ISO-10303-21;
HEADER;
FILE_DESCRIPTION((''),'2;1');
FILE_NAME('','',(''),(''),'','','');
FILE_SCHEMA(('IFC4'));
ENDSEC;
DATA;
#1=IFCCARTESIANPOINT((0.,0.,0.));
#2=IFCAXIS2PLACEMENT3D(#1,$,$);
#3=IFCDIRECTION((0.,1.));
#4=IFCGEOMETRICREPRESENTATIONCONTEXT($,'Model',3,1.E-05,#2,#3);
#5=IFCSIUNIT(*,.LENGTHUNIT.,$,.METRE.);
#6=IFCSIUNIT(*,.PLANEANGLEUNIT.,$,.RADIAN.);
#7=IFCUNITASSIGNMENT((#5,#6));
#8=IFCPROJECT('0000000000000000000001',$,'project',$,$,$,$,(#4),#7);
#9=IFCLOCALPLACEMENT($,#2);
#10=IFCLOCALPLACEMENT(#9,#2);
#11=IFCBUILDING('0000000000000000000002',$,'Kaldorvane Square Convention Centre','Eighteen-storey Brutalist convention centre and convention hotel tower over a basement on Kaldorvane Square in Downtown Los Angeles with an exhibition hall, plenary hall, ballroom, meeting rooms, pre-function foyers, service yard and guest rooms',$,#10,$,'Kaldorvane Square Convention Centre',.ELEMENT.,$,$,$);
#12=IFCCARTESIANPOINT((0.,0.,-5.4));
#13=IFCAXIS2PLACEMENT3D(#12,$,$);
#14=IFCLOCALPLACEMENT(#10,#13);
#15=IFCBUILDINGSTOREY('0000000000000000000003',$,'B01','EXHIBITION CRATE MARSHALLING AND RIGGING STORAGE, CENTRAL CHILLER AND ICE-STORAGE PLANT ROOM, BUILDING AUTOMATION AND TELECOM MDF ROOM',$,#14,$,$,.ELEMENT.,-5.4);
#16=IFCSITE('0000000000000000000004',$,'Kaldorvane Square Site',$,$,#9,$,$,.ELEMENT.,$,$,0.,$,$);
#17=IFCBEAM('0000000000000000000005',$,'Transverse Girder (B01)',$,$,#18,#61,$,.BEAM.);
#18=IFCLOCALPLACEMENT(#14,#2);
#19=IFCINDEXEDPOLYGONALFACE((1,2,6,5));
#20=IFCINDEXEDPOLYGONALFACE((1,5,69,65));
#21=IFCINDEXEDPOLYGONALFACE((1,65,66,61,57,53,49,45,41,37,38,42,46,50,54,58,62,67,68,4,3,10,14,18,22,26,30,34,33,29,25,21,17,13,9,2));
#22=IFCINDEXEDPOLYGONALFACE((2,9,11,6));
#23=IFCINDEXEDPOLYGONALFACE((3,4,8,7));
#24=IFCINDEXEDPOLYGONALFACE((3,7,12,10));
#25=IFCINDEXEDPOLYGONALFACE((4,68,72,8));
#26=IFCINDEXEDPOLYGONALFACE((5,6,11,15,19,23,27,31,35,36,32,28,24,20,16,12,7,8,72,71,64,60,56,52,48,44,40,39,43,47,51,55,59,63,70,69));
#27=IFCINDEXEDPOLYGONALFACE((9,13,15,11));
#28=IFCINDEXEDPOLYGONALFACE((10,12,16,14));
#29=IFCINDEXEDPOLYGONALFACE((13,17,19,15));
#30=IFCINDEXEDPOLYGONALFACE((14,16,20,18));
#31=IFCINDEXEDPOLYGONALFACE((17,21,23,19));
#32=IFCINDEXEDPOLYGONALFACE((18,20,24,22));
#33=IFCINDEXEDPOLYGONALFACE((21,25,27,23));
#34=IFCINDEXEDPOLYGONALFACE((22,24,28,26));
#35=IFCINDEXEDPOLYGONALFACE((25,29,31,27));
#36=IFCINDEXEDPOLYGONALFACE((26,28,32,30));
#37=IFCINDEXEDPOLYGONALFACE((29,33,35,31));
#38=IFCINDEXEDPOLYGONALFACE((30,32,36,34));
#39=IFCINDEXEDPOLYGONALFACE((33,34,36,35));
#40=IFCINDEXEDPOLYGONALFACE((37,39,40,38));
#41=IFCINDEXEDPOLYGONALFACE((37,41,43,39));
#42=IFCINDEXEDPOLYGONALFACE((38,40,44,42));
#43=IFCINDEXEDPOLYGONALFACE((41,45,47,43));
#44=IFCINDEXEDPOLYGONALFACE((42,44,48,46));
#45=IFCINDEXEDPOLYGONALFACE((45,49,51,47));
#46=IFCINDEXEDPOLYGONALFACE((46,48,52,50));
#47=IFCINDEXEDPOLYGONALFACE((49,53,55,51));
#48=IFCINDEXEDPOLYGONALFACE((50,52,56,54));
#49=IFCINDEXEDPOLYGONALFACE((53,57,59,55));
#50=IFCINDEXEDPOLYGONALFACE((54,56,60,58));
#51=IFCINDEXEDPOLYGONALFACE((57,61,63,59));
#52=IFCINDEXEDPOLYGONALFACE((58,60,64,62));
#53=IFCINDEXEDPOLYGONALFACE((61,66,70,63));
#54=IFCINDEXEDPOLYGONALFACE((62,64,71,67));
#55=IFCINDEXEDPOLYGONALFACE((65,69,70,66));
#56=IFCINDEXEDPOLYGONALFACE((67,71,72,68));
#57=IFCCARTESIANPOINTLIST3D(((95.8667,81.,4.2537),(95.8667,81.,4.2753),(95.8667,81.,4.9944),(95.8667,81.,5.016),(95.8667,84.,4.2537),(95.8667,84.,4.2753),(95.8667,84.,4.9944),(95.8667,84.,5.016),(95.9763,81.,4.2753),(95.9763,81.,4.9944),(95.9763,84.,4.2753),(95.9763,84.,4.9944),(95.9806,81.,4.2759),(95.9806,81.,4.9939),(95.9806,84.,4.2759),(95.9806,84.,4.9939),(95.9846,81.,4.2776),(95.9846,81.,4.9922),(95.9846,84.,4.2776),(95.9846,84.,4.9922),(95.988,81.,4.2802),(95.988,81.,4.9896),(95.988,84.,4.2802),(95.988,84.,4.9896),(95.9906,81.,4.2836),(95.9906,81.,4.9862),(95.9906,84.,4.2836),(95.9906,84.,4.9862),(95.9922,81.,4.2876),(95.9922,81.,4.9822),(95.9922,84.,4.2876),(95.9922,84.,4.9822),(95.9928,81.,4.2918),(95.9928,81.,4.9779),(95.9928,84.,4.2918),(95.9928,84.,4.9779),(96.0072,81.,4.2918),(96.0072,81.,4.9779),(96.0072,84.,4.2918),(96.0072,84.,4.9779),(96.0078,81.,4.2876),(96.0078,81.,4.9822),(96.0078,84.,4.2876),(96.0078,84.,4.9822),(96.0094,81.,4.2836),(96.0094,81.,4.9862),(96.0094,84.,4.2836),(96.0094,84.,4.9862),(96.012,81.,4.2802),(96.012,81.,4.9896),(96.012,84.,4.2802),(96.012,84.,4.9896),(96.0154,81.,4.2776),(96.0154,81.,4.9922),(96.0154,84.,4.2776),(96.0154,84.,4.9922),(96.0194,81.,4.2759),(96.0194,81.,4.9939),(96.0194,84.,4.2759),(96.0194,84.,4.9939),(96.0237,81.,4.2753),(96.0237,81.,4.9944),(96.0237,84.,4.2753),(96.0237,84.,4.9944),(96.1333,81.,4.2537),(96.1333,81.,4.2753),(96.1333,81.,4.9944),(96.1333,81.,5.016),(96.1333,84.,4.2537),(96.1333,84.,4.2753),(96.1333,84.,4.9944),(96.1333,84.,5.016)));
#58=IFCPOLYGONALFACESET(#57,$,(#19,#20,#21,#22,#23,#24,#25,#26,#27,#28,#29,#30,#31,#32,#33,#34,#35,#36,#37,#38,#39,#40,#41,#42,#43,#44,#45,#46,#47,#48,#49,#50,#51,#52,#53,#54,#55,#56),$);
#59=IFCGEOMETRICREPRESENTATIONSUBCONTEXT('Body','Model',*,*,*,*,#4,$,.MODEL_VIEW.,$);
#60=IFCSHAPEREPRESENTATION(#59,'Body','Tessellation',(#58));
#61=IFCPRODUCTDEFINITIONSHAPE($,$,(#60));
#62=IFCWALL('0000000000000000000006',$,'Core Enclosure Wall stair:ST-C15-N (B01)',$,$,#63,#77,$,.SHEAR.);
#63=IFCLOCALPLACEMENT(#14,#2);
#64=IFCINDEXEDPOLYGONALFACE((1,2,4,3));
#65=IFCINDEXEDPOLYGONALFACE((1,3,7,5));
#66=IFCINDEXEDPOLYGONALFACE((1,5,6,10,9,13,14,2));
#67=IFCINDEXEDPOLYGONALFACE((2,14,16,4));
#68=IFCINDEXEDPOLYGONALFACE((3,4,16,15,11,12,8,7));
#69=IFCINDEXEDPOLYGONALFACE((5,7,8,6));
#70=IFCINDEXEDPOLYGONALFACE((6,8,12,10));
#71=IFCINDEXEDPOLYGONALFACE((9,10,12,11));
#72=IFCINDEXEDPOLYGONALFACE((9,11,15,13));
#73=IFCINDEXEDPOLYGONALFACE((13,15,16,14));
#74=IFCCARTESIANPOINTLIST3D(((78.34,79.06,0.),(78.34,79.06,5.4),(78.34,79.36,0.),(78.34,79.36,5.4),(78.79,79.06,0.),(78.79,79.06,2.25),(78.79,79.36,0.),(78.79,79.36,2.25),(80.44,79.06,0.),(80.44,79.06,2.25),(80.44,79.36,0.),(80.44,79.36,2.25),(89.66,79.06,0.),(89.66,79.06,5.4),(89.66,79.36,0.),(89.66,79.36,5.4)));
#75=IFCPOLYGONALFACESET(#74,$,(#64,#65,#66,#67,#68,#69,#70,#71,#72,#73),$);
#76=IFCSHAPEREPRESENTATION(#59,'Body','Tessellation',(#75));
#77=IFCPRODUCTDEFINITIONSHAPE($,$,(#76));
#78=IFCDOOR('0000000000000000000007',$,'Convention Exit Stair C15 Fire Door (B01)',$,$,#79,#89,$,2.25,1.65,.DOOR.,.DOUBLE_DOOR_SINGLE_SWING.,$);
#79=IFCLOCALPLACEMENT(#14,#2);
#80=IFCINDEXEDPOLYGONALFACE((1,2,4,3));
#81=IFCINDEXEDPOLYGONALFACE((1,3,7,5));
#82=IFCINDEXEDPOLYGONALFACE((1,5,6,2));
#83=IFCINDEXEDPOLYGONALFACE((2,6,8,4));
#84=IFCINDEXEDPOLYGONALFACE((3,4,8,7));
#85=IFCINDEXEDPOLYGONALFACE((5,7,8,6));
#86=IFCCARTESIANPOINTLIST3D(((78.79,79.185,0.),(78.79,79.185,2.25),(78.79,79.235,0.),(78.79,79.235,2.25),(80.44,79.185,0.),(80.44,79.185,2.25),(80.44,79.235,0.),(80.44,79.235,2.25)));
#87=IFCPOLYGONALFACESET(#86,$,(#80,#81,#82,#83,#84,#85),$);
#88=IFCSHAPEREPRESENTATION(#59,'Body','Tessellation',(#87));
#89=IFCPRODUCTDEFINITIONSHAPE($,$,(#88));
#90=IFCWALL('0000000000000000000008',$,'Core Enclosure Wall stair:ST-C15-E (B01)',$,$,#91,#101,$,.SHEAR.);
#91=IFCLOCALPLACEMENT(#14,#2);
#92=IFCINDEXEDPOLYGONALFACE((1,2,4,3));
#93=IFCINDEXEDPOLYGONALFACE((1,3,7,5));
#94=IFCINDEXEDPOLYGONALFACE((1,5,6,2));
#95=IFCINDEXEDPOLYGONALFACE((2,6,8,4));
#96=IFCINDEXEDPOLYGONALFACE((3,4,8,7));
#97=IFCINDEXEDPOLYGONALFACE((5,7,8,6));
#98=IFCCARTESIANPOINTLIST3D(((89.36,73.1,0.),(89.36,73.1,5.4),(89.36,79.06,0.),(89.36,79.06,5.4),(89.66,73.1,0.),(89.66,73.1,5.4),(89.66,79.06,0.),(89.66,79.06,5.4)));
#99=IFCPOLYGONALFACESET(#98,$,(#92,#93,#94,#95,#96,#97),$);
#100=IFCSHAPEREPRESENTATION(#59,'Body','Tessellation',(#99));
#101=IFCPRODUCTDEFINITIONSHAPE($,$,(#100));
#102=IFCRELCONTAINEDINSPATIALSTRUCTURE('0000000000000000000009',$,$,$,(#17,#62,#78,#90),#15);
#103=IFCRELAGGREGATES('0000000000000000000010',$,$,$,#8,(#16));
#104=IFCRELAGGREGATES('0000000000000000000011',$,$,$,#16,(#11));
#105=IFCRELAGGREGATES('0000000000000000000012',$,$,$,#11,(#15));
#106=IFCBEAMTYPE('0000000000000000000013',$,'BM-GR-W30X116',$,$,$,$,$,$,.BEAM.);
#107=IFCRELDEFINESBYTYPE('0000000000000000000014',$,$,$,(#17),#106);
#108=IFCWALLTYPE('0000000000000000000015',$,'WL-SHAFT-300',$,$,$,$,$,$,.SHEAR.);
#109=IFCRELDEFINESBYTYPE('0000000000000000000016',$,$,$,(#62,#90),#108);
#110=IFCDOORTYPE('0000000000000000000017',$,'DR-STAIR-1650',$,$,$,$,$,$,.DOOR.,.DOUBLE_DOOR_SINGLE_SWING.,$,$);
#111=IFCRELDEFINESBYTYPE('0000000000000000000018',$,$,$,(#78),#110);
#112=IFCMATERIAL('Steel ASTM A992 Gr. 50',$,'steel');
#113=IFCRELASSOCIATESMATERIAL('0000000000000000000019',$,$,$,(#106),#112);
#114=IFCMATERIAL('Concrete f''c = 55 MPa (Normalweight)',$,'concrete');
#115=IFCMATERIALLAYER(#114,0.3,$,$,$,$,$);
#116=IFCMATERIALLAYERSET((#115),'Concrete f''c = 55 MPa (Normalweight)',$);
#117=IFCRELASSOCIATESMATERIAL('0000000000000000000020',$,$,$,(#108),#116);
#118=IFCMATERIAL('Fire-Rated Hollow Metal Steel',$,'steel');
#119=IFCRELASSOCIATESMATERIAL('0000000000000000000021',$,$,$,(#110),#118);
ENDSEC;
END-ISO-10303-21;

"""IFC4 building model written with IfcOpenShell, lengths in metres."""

from ifc_helpers import new_model, si_unit, direction, frame, frame_2d, origin, origin_2d, place, context, subcontext, project, spatial, rectangle, i_section, extrude, material, layer, layer_set, material_profile, profile_set, type_object, element, fill, save


model = new_model("IFC4")

# Units and contexts
model_context = context("Model", 3, precision=1e-05, world=origin(), true_north=direction((0.0, 1.0)))
body_context = subcontext(model_context, "Body", "Model", "MODEL_VIEW")
ifc_project = project(units=[si_unit("LENGTHUNIT", "METRE"), si_unit("PLANEANGLEUNIT", "RADIAN")], contexts=[model_context])

# Site, building, storey
site_placement = place(None, origin())
site = spatial("IfcSite", under=ifc_project, at=site_placement, Name="Kaldorvane Square Site", CompositionType="ELEMENT", RefElevation=0.0)
building_placement = place(site_placement, origin())
building = spatial("IfcBuilding", under=site, at=building_placement, Name="Kaldorvane Square Convention Centre", Description="Eighteen-storey Brutalist convention centre and convention hotel tower over a basement on Kaldorvane Square in Downtown Los Angeles with an exhibition hall, plenary hall, ballroom, meeting rooms, pre-function foyers, service yard and guest rooms", LongName="Kaldorvane Square Convention Centre", CompositionType="ELEMENT")
storey_placement = place(building_placement, frame((0.0, 0.0, -5.4)))
storey = spatial("IfcBuildingStorey", under=building, at=storey_placement, Name="B01", Description="EXHIBITION CRATE MARSHALLING AND RIGGING STORAGE, CENTRAL CHILLER AND ICE-STORAGE PLANT ROOM, BUILDING AUTOMATION AND TELECOM MDF ROOM", CompositionType="ELEMENT", Elevation=-5.4)

# Shared definitions
ifc_material_1 = material(Name="Steel ASTM A992 Gr. 50", Category="steel")

# Beam
ifc_material_profile_1 = material_profile(ifc_material_1, i_section(OverallWidth=0.2666, OverallDepth=0.7623, WebThickness=0.0144, FlangeThickness=0.0216, FilletRadius=0.0165, at=origin_2d()), Name="W30X116")
ifc_profile_set_1 = profile_set([ifc_material_profile_1], Name="Steel ASTM A992 Gr. 50")
beam_type_1 = type_object("IfcBeamType", Name="BM-GR-W30X116", PredefinedType="BEAM", material=ifc_profile_set_1)
beam_1_placement = place(storey_placement, frame((96.0, 81.0, 4.6349), z_axis=(0.0, 1.0, 0.0), x_axis=(-1.0, 0.0, 0.0)))
element("IfcBeam", 1, at=beam_1_placement, inside=storey, type_object=beam_type_1, Name="Transverse Girder (B01)", PredefinedType="BEAM", context=body_context, shape_type="SweptSolid", body=[
    extrude(i_section(OverallWidth=0.2666, OverallDepth=0.7623, WebThickness=0.0144, FlangeThickness=0.0216, FilletRadius=0.0165, at=origin_2d()), origin(), (0.0, 0.0, 1.0), 3.0),
])

# Wall, opening, door
ifc_material_2 = material(Name="Concrete f'c = 55 MPa (Normalweight)", Category="concrete")
ifc_layer = layer(ifc_material_2, 0.3)
ifc_layer_set = layer_set([ifc_layer], Name="Concrete f'c = 55 MPa (Normalweight)")
wall_type = type_object("IfcWallType", Name="WL-SHAFT-300", PredefinedType="SHEAR", material=ifc_layer_set)
wall_1_placement = place(storey_placement, frame((89.66, 79.21, 0.0), z_axis=(0.0, 0.0, 1.0), x_axis=(-1.0, 0.0, 0.0)))
wall_1 = element("IfcWall", 2, at=wall_1_placement, inside=storey, type_object=wall_type, Name="Core Enclosure Wall stair:ST-C15-N (B01)", PredefinedType="SHEAR", context=body_context, shape_type="SweptSolid", body=[
    extrude(rectangle(XDim=11.32, YDim=0.3, at=frame_2d((5.66, 0.0))), origin(), (0.0, 0.0, 1.0), 5.4),
])
opening_placement = place(wall_1_placement, frame((9.22, 0.0, 0.0)))
opening = element("IfcOpeningElement", 3, at=opening_placement, cuts=wall_1, PredefinedType="OPENING", context=body_context, shape_type="SweptSolid", body=[
    extrude(rectangle(XDim=1.65, YDim=2.25, at=frame_2d((0.825, 1.125))), frame((0.0, 0.165, 0.0), z_axis=(0.0, -1.0, 0.0), x_axis=(1.0, 0.0, 0.0)), (0.0, 0.0, 1.0), 0.33),
])
ifc_material_3 = material(Name="Fire-Rated Hollow Metal Steel", Category="steel")
door_type = type_object("IfcDoorType", Name="DR-STAIR-1650", OperationType="DOUBLE_DOOR_SINGLE_SWING", PredefinedType="DOOR", material=ifc_material_3)
door_placement = place(opening_placement, origin())
door = element("IfcDoor", 4, at=door_placement, inside=storey, type_object=door_type, Name="Convention Exit Stair C15 Fire Door (B01)", OperationType="DOUBLE_DOOR_SINGLE_SWING", OverallHeight=2.25, OverallWidth=1.65, PredefinedType="DOOR", context=body_context, shape_type="SweptSolid", body=[
    extrude(rectangle(XDim=1.65, YDim=2.25, at=frame_2d((0.825, 1.125))), frame((0.0, 0.025, 0.0), z_axis=(0.0, -1.0, 0.0), x_axis=(1.0, 0.0, 0.0)), (0.0, 0.0, 1.0), 0.05),
])
fill(opening, door)

# Wall
wall_2_placement = place(storey_placement, frame((89.51, 73.1, 0.0), z_axis=(0.0, 0.0, 1.0), x_axis=(0.0, 1.0, 0.0)))
element("IfcWall", 5, at=wall_2_placement, inside=storey, type_object=wall_type, Name="Core Enclosure Wall stair:ST-C15-E (B01)", PredefinedType="SHEAR", context=body_context, shape_type="SweptSolid", body=[
    extrude(rectangle(XDim=5.96, YDim=0.3, at=frame_2d((2.98, 0.0))), origin(), (0.0, 0.0, 1.0), 5.4),
])

save(model, "model.ifc")
